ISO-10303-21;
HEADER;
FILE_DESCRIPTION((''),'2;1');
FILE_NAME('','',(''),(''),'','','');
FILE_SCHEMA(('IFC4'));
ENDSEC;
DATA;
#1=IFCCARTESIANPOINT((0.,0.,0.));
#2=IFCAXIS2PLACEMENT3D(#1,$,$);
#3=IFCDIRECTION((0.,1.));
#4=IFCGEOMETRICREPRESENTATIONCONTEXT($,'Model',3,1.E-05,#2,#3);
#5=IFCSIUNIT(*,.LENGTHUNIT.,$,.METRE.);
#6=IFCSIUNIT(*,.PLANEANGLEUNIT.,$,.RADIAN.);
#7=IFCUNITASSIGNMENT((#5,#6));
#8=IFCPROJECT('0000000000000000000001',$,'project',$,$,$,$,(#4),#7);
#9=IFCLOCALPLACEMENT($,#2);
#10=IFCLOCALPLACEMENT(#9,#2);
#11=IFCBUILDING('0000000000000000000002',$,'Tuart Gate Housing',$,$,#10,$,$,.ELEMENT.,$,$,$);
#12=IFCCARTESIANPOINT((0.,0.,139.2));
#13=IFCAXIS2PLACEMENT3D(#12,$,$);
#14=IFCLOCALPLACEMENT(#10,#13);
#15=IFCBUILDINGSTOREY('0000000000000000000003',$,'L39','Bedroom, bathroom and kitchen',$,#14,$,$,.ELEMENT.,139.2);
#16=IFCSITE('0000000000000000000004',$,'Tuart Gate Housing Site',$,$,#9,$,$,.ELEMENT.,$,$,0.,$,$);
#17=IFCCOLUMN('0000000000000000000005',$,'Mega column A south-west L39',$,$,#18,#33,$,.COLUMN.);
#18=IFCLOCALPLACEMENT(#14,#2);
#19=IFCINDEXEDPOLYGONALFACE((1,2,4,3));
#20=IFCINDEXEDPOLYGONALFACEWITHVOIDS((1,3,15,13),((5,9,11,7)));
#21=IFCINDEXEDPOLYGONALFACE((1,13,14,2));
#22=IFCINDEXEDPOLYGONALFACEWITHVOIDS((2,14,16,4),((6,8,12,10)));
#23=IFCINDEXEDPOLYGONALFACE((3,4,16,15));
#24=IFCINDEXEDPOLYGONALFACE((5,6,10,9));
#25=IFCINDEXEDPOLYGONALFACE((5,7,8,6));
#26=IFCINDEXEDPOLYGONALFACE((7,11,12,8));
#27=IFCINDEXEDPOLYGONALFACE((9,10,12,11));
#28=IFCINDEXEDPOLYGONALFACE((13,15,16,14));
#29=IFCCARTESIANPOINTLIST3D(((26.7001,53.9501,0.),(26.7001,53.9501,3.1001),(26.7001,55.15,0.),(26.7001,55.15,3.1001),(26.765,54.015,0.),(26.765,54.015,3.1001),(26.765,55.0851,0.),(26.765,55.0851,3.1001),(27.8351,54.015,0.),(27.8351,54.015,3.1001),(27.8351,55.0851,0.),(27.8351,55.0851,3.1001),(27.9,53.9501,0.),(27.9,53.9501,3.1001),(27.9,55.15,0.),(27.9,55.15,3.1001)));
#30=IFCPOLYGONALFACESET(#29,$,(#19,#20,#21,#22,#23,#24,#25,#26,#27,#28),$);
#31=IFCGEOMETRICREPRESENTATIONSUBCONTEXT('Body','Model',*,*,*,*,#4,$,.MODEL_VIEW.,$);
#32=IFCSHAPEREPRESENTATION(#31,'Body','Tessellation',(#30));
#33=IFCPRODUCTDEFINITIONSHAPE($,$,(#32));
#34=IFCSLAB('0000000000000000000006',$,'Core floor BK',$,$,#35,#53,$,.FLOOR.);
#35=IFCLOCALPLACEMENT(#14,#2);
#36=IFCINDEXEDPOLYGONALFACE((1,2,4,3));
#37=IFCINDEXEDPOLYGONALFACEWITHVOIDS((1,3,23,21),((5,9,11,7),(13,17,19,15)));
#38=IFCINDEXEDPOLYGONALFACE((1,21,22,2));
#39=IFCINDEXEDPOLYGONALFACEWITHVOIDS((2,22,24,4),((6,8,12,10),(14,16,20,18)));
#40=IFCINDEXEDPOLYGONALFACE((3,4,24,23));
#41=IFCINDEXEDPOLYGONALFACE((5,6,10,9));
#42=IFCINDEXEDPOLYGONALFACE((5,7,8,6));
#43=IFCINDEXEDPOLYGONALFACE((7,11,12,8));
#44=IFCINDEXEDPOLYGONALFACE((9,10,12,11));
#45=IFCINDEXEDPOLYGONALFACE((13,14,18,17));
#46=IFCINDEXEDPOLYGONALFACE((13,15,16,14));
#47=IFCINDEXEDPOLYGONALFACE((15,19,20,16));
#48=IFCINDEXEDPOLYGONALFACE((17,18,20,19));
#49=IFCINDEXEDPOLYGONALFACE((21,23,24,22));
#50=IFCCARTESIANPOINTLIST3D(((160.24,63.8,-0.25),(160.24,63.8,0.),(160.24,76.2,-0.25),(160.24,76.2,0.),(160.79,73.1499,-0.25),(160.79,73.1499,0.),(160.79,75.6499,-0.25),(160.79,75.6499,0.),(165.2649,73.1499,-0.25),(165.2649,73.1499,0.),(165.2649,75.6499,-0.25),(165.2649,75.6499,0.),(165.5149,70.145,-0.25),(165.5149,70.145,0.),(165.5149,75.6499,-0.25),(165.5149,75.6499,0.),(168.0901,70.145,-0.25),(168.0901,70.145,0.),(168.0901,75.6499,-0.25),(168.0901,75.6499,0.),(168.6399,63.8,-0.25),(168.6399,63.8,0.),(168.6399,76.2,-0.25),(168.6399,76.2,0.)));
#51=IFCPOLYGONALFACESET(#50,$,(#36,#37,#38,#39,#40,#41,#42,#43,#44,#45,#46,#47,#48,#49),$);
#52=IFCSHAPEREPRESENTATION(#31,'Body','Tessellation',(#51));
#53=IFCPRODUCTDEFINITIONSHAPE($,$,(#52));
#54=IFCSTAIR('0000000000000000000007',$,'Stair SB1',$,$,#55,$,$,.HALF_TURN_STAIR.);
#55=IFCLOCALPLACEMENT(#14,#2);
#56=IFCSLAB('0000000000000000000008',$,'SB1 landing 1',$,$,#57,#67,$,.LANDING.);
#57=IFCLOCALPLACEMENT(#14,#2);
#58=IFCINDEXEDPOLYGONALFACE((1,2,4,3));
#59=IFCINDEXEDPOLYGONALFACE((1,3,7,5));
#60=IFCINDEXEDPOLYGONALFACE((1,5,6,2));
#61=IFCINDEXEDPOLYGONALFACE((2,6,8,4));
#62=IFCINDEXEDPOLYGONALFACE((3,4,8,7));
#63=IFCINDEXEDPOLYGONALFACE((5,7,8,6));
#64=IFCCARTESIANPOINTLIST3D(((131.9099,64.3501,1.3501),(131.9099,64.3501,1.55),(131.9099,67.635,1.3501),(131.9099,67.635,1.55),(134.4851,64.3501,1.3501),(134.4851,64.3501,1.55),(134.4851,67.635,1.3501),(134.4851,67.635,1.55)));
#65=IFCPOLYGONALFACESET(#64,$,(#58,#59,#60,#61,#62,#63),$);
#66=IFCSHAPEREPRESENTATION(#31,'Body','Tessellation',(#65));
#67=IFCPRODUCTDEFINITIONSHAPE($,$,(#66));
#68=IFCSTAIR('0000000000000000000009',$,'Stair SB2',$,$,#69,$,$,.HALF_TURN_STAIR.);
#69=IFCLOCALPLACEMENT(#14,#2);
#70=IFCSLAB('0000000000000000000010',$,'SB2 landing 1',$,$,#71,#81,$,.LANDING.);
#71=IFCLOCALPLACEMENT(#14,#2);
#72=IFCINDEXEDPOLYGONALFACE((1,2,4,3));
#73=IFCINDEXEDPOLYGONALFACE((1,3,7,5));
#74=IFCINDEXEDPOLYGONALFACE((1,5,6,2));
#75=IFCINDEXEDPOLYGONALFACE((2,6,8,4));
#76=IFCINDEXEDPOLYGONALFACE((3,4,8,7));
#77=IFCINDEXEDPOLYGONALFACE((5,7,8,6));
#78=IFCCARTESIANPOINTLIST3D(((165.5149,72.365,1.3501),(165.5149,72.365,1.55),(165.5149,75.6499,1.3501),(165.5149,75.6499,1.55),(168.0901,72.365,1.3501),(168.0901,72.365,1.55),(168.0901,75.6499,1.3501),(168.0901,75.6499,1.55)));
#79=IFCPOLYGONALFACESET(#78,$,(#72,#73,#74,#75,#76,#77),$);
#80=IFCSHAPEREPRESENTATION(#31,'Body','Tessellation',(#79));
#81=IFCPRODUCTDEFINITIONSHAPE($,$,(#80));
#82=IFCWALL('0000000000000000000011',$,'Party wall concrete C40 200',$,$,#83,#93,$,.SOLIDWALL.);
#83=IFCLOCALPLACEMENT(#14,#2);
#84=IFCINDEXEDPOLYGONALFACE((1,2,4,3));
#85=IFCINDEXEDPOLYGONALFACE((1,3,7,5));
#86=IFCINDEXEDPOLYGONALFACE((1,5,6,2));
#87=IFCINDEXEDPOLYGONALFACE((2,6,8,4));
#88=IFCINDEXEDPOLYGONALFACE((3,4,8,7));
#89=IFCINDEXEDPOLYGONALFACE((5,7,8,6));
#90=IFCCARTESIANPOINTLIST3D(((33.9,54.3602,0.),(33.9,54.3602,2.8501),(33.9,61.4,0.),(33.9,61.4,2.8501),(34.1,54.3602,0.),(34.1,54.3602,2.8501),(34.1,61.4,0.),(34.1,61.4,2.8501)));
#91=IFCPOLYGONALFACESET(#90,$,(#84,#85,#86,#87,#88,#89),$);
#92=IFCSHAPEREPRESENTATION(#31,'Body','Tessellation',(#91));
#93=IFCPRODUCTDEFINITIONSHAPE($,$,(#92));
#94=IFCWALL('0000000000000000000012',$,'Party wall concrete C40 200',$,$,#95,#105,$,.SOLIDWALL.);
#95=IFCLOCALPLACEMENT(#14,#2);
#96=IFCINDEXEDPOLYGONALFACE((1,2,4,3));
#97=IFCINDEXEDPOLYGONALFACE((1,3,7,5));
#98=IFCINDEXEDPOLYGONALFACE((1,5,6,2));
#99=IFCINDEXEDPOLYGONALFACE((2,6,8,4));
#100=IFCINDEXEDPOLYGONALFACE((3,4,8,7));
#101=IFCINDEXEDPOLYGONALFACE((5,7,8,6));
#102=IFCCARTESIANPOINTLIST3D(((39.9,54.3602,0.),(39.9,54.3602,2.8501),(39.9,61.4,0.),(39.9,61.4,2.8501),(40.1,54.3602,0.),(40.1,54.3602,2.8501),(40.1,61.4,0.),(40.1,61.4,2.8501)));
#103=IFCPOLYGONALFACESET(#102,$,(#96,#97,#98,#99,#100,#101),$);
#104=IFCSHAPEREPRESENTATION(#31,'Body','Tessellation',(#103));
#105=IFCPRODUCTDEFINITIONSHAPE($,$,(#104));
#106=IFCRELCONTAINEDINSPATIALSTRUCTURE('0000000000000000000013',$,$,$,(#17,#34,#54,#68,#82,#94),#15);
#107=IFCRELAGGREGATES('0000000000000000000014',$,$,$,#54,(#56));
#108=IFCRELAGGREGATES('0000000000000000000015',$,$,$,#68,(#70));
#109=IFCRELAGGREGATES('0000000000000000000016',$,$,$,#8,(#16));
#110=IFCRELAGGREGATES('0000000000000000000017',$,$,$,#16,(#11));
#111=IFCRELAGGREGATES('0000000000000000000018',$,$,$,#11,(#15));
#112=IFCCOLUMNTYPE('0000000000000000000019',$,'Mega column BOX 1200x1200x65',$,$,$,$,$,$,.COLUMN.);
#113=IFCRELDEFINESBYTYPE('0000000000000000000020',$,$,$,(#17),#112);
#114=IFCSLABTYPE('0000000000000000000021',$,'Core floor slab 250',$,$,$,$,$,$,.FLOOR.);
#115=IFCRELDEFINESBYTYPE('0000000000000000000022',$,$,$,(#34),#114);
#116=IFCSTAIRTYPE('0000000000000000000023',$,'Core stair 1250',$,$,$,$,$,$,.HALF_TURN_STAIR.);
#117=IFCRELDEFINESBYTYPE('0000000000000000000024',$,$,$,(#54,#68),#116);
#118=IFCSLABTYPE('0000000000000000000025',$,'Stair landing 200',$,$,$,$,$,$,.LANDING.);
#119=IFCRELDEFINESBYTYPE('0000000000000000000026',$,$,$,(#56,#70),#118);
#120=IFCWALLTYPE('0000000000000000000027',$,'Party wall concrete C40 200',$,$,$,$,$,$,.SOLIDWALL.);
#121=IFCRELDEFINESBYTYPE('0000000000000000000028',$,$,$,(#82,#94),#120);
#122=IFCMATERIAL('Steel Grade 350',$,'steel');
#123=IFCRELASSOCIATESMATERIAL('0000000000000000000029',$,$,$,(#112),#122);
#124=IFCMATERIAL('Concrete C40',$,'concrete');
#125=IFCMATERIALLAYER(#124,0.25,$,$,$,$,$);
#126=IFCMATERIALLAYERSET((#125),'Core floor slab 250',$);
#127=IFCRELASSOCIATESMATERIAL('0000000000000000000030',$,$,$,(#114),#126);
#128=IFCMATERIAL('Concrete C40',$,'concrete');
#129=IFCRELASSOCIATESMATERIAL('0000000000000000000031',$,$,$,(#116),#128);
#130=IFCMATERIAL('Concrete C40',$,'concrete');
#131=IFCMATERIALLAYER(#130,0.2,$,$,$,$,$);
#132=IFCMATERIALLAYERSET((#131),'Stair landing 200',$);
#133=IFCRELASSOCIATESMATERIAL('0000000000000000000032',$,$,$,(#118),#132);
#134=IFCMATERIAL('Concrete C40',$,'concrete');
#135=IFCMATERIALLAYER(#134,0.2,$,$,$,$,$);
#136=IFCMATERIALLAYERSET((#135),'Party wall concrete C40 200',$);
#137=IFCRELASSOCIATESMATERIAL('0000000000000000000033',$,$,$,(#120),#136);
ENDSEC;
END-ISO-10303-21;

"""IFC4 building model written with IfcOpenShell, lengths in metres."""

from ifc_helpers import new_model, si_unit, direction, frame, frame_2d, origin, origin_2d, place, context, subcontext, project, spatial, polyline, rectangle, hollow_rectangle, outline, extrude, material, layer, layer_set, material_profile, profile_set, type_object, element, aggregate, save


model = new_model("IFC4")

# Units and contexts
model_context = context("Model", 3, precision=1e-05, world=origin(), true_north=direction((0.0, 1.0)))
body_context = subcontext(model_context, "Body", "Model", "MODEL_VIEW")
ifc_project = project(units=[si_unit("LENGTHUNIT", "METRE"), si_unit("PLANEANGLEUNIT", "RADIAN")], contexts=[model_context])

# Site, building, storey
site_placement = place(None, origin())
site = spatial("IfcSite", under=ifc_project, at=site_placement, Name="Tuart Gate Housing Site", CompositionType="ELEMENT", RefElevation=0.0)
building_placement = place(site_placement, origin())
building = spatial("IfcBuilding", under=site, at=building_placement, Name="Tuart Gate Housing", CompositionType="ELEMENT")
storey_placement = place(building_placement, frame((0.0, 0.0, 139.2)))
storey = spatial("IfcBuildingStorey", under=building, at=storey_placement, Name="L39", Description="Bedroom, bathroom and kitchen", CompositionType="ELEMENT", Elevation=139.2)

# Column
ifc_material_1 = material(Name="Steel Grade 350", Category="steel")
ifc_material_profile = material_profile(ifc_material_1, hollow_rectangle(XDim=1.2, YDim=1.2, WallThickness=0.0649, at=origin_2d()), Name="BOX 1200x1200x65")
ifc_profile_set = profile_set([ifc_material_profile], Name="Steel Grade 350")
column_type = type_object("IfcColumnType", Name="Mega column BOX 1200x1200x65", PredefinedType="COLUMN", material=ifc_profile_set)
column_placement = place(storey_placement, frame((27.3, 54.55, 0.0), z_axis=(0.0, 0.0, 1.0), x_axis=(1.0, 0.0, 0.0)))
element("IfcColumn", 1, at=column_placement, inside=storey, type_object=column_type, Name="Mega column A south-west L39", PredefinedType="COLUMN", context=body_context, shape_type="SweptSolid", body=[
    extrude(hollow_rectangle(XDim=1.2, YDim=1.2, WallThickness=0.0649, at=origin_2d()), origin(), (0.0, 0.0, 1.0), 3.1001),
])

# Slab
ifc_material_2 = material(Name="Concrete C40", Category="concrete")
ifc_layer_1 = layer(ifc_material_2, 0.25)
ifc_layer_set_1 = layer_set([ifc_layer_1], Name="Core floor slab 250")
slab_type_1 = type_object("IfcSlabType", Name="Core floor slab 250", PredefinedType="FLOOR", material=ifc_layer_set_1)
slab_1_placement = place(storey_placement, frame((0.0, 0.0, -0.25)))
element("IfcSlab", 2, at=slab_1_placement, inside=storey, type_object=slab_type_1, Name="Core floor BK", PredefinedType="FLOOR", context=body_context, shape_type="SweptSolid", body=[
    extrude(outline(polyline([(160.24, 63.8), (168.6399, 63.8), (168.6399, 76.2), (160.24, 76.2), (160.24, 63.8)]), holes=[polyline([(160.79, 73.1499), (165.2649, 73.1499), (165.2649, 75.6499), (160.79, 75.6499), (160.79, 73.1499)]), polyline([(165.5149, 70.145), (168.0901, 70.145), (168.0901, 75.6499), (165.5149, 75.6499), (165.5149, 70.145)])]), origin(), (0.0, 0.0, 1.0), 0.25),
])

# Stairs, slabs
ifc_material_3 = material(Name="Concrete C40", Category="concrete")
stair_type = type_object("IfcStairType", Name="Core stair 1250", PredefinedType="HALF_TURN_STAIR", material=ifc_material_3)
stair_1_placement = place(storey_placement, origin())
stair_1 = element("IfcStair", 3, at=stair_1_placement, inside=storey, type_object=stair_type, Name="Stair SB1", PredefinedType="HALF_TURN_STAIR")
ifc_material_4 = material(Name="Concrete C40", Category="concrete")
ifc_layer_2 = layer(ifc_material_4, 0.2)
ifc_layer_set_2 = layer_set([ifc_layer_2], Name="Stair landing 200")
slab_type_2 = type_object("IfcSlabType", Name="Stair landing 200", PredefinedType="LANDING", material=ifc_layer_set_2)
slab_2_placement = place(storey_placement, frame((0.0, 0.0, 1.3501)))
slab_2 = element("IfcSlab", 4, at=slab_2_placement, type_object=slab_type_2, Name="SB1 landing 1", PredefinedType="LANDING", context=body_context, shape_type="SweptSolid", body=[
    extrude(outline(polyline([(134.4851, 67.635), (131.9099, 67.635), (131.9099, 64.3501), (134.4851, 64.3501), (134.4851, 67.635)])), origin(), (0.0, 0.0, 1.0), 0.2),
])
aggregate(stair_1, [slab_2])
stair_2_placement = place(storey_placement, origin())
stair_2 = element("IfcStair", 5, at=stair_2_placement, inside=storey, type_object=stair_type, Name="Stair SB2", PredefinedType="HALF_TURN_STAIR")
slab_3_placement = place(storey_placement, frame((0.0, 0.0, 1.3501)))
slab_3 = element("IfcSlab", 6, at=slab_3_placement, type_object=slab_type_2, Name="SB2 landing 1", PredefinedType="LANDING", context=body_context, shape_type="SweptSolid", body=[
    extrude(outline(polyline([(165.5149, 72.365), (168.0901, 72.365), (168.0901, 75.6499), (165.5149, 75.6499), (165.5149, 72.365)])), origin(), (0.0, 0.0, 1.0), 0.2),
])
aggregate(stair_2, [slab_3])

# Walls
ifc_material_5 = material(Name="Concrete C40", Category="concrete")
ifc_layer_3 = layer(ifc_material_5, 0.2)
ifc_layer_set_3 = layer_set([ifc_layer_3], Name="Party wall concrete C40 200")
wall_type_1 = type_object("IfcWallType", Name="Party wall concrete C40 200", PredefinedType="SOLIDWALL", material=ifc_layer_set_3)
for number, where, z_axis, x_axis, name in (
    (7, (34.0, 54.3601, 0.0), (0.0, 0.0, 1.0), (0.0, 1.0, 0.0), "Party wall concrete C40 200"),
    (8, (40.0, 54.3601, 0.0), (0.0, 0.0, 1.0), (0.0, 1.0, 0.0), "Party wall concrete C40 200"),
):
    element("IfcWall", number, at=place(storey_placement, frame(where, z_axis=z_axis, x_axis=x_axis)), inside=storey, type_object=wall_type_1, Name=name, PredefinedType="SOLIDWALL", context=body_context, shape_type="SweptSolid", body=[
        extrude(rectangle(XDim=7.0398, YDim=0.2, at=frame_2d((3.52, 0.0))), origin(), (0.0, 0.0, 1.0), 2.8501),
    ])

save(model, "model.ifc")
